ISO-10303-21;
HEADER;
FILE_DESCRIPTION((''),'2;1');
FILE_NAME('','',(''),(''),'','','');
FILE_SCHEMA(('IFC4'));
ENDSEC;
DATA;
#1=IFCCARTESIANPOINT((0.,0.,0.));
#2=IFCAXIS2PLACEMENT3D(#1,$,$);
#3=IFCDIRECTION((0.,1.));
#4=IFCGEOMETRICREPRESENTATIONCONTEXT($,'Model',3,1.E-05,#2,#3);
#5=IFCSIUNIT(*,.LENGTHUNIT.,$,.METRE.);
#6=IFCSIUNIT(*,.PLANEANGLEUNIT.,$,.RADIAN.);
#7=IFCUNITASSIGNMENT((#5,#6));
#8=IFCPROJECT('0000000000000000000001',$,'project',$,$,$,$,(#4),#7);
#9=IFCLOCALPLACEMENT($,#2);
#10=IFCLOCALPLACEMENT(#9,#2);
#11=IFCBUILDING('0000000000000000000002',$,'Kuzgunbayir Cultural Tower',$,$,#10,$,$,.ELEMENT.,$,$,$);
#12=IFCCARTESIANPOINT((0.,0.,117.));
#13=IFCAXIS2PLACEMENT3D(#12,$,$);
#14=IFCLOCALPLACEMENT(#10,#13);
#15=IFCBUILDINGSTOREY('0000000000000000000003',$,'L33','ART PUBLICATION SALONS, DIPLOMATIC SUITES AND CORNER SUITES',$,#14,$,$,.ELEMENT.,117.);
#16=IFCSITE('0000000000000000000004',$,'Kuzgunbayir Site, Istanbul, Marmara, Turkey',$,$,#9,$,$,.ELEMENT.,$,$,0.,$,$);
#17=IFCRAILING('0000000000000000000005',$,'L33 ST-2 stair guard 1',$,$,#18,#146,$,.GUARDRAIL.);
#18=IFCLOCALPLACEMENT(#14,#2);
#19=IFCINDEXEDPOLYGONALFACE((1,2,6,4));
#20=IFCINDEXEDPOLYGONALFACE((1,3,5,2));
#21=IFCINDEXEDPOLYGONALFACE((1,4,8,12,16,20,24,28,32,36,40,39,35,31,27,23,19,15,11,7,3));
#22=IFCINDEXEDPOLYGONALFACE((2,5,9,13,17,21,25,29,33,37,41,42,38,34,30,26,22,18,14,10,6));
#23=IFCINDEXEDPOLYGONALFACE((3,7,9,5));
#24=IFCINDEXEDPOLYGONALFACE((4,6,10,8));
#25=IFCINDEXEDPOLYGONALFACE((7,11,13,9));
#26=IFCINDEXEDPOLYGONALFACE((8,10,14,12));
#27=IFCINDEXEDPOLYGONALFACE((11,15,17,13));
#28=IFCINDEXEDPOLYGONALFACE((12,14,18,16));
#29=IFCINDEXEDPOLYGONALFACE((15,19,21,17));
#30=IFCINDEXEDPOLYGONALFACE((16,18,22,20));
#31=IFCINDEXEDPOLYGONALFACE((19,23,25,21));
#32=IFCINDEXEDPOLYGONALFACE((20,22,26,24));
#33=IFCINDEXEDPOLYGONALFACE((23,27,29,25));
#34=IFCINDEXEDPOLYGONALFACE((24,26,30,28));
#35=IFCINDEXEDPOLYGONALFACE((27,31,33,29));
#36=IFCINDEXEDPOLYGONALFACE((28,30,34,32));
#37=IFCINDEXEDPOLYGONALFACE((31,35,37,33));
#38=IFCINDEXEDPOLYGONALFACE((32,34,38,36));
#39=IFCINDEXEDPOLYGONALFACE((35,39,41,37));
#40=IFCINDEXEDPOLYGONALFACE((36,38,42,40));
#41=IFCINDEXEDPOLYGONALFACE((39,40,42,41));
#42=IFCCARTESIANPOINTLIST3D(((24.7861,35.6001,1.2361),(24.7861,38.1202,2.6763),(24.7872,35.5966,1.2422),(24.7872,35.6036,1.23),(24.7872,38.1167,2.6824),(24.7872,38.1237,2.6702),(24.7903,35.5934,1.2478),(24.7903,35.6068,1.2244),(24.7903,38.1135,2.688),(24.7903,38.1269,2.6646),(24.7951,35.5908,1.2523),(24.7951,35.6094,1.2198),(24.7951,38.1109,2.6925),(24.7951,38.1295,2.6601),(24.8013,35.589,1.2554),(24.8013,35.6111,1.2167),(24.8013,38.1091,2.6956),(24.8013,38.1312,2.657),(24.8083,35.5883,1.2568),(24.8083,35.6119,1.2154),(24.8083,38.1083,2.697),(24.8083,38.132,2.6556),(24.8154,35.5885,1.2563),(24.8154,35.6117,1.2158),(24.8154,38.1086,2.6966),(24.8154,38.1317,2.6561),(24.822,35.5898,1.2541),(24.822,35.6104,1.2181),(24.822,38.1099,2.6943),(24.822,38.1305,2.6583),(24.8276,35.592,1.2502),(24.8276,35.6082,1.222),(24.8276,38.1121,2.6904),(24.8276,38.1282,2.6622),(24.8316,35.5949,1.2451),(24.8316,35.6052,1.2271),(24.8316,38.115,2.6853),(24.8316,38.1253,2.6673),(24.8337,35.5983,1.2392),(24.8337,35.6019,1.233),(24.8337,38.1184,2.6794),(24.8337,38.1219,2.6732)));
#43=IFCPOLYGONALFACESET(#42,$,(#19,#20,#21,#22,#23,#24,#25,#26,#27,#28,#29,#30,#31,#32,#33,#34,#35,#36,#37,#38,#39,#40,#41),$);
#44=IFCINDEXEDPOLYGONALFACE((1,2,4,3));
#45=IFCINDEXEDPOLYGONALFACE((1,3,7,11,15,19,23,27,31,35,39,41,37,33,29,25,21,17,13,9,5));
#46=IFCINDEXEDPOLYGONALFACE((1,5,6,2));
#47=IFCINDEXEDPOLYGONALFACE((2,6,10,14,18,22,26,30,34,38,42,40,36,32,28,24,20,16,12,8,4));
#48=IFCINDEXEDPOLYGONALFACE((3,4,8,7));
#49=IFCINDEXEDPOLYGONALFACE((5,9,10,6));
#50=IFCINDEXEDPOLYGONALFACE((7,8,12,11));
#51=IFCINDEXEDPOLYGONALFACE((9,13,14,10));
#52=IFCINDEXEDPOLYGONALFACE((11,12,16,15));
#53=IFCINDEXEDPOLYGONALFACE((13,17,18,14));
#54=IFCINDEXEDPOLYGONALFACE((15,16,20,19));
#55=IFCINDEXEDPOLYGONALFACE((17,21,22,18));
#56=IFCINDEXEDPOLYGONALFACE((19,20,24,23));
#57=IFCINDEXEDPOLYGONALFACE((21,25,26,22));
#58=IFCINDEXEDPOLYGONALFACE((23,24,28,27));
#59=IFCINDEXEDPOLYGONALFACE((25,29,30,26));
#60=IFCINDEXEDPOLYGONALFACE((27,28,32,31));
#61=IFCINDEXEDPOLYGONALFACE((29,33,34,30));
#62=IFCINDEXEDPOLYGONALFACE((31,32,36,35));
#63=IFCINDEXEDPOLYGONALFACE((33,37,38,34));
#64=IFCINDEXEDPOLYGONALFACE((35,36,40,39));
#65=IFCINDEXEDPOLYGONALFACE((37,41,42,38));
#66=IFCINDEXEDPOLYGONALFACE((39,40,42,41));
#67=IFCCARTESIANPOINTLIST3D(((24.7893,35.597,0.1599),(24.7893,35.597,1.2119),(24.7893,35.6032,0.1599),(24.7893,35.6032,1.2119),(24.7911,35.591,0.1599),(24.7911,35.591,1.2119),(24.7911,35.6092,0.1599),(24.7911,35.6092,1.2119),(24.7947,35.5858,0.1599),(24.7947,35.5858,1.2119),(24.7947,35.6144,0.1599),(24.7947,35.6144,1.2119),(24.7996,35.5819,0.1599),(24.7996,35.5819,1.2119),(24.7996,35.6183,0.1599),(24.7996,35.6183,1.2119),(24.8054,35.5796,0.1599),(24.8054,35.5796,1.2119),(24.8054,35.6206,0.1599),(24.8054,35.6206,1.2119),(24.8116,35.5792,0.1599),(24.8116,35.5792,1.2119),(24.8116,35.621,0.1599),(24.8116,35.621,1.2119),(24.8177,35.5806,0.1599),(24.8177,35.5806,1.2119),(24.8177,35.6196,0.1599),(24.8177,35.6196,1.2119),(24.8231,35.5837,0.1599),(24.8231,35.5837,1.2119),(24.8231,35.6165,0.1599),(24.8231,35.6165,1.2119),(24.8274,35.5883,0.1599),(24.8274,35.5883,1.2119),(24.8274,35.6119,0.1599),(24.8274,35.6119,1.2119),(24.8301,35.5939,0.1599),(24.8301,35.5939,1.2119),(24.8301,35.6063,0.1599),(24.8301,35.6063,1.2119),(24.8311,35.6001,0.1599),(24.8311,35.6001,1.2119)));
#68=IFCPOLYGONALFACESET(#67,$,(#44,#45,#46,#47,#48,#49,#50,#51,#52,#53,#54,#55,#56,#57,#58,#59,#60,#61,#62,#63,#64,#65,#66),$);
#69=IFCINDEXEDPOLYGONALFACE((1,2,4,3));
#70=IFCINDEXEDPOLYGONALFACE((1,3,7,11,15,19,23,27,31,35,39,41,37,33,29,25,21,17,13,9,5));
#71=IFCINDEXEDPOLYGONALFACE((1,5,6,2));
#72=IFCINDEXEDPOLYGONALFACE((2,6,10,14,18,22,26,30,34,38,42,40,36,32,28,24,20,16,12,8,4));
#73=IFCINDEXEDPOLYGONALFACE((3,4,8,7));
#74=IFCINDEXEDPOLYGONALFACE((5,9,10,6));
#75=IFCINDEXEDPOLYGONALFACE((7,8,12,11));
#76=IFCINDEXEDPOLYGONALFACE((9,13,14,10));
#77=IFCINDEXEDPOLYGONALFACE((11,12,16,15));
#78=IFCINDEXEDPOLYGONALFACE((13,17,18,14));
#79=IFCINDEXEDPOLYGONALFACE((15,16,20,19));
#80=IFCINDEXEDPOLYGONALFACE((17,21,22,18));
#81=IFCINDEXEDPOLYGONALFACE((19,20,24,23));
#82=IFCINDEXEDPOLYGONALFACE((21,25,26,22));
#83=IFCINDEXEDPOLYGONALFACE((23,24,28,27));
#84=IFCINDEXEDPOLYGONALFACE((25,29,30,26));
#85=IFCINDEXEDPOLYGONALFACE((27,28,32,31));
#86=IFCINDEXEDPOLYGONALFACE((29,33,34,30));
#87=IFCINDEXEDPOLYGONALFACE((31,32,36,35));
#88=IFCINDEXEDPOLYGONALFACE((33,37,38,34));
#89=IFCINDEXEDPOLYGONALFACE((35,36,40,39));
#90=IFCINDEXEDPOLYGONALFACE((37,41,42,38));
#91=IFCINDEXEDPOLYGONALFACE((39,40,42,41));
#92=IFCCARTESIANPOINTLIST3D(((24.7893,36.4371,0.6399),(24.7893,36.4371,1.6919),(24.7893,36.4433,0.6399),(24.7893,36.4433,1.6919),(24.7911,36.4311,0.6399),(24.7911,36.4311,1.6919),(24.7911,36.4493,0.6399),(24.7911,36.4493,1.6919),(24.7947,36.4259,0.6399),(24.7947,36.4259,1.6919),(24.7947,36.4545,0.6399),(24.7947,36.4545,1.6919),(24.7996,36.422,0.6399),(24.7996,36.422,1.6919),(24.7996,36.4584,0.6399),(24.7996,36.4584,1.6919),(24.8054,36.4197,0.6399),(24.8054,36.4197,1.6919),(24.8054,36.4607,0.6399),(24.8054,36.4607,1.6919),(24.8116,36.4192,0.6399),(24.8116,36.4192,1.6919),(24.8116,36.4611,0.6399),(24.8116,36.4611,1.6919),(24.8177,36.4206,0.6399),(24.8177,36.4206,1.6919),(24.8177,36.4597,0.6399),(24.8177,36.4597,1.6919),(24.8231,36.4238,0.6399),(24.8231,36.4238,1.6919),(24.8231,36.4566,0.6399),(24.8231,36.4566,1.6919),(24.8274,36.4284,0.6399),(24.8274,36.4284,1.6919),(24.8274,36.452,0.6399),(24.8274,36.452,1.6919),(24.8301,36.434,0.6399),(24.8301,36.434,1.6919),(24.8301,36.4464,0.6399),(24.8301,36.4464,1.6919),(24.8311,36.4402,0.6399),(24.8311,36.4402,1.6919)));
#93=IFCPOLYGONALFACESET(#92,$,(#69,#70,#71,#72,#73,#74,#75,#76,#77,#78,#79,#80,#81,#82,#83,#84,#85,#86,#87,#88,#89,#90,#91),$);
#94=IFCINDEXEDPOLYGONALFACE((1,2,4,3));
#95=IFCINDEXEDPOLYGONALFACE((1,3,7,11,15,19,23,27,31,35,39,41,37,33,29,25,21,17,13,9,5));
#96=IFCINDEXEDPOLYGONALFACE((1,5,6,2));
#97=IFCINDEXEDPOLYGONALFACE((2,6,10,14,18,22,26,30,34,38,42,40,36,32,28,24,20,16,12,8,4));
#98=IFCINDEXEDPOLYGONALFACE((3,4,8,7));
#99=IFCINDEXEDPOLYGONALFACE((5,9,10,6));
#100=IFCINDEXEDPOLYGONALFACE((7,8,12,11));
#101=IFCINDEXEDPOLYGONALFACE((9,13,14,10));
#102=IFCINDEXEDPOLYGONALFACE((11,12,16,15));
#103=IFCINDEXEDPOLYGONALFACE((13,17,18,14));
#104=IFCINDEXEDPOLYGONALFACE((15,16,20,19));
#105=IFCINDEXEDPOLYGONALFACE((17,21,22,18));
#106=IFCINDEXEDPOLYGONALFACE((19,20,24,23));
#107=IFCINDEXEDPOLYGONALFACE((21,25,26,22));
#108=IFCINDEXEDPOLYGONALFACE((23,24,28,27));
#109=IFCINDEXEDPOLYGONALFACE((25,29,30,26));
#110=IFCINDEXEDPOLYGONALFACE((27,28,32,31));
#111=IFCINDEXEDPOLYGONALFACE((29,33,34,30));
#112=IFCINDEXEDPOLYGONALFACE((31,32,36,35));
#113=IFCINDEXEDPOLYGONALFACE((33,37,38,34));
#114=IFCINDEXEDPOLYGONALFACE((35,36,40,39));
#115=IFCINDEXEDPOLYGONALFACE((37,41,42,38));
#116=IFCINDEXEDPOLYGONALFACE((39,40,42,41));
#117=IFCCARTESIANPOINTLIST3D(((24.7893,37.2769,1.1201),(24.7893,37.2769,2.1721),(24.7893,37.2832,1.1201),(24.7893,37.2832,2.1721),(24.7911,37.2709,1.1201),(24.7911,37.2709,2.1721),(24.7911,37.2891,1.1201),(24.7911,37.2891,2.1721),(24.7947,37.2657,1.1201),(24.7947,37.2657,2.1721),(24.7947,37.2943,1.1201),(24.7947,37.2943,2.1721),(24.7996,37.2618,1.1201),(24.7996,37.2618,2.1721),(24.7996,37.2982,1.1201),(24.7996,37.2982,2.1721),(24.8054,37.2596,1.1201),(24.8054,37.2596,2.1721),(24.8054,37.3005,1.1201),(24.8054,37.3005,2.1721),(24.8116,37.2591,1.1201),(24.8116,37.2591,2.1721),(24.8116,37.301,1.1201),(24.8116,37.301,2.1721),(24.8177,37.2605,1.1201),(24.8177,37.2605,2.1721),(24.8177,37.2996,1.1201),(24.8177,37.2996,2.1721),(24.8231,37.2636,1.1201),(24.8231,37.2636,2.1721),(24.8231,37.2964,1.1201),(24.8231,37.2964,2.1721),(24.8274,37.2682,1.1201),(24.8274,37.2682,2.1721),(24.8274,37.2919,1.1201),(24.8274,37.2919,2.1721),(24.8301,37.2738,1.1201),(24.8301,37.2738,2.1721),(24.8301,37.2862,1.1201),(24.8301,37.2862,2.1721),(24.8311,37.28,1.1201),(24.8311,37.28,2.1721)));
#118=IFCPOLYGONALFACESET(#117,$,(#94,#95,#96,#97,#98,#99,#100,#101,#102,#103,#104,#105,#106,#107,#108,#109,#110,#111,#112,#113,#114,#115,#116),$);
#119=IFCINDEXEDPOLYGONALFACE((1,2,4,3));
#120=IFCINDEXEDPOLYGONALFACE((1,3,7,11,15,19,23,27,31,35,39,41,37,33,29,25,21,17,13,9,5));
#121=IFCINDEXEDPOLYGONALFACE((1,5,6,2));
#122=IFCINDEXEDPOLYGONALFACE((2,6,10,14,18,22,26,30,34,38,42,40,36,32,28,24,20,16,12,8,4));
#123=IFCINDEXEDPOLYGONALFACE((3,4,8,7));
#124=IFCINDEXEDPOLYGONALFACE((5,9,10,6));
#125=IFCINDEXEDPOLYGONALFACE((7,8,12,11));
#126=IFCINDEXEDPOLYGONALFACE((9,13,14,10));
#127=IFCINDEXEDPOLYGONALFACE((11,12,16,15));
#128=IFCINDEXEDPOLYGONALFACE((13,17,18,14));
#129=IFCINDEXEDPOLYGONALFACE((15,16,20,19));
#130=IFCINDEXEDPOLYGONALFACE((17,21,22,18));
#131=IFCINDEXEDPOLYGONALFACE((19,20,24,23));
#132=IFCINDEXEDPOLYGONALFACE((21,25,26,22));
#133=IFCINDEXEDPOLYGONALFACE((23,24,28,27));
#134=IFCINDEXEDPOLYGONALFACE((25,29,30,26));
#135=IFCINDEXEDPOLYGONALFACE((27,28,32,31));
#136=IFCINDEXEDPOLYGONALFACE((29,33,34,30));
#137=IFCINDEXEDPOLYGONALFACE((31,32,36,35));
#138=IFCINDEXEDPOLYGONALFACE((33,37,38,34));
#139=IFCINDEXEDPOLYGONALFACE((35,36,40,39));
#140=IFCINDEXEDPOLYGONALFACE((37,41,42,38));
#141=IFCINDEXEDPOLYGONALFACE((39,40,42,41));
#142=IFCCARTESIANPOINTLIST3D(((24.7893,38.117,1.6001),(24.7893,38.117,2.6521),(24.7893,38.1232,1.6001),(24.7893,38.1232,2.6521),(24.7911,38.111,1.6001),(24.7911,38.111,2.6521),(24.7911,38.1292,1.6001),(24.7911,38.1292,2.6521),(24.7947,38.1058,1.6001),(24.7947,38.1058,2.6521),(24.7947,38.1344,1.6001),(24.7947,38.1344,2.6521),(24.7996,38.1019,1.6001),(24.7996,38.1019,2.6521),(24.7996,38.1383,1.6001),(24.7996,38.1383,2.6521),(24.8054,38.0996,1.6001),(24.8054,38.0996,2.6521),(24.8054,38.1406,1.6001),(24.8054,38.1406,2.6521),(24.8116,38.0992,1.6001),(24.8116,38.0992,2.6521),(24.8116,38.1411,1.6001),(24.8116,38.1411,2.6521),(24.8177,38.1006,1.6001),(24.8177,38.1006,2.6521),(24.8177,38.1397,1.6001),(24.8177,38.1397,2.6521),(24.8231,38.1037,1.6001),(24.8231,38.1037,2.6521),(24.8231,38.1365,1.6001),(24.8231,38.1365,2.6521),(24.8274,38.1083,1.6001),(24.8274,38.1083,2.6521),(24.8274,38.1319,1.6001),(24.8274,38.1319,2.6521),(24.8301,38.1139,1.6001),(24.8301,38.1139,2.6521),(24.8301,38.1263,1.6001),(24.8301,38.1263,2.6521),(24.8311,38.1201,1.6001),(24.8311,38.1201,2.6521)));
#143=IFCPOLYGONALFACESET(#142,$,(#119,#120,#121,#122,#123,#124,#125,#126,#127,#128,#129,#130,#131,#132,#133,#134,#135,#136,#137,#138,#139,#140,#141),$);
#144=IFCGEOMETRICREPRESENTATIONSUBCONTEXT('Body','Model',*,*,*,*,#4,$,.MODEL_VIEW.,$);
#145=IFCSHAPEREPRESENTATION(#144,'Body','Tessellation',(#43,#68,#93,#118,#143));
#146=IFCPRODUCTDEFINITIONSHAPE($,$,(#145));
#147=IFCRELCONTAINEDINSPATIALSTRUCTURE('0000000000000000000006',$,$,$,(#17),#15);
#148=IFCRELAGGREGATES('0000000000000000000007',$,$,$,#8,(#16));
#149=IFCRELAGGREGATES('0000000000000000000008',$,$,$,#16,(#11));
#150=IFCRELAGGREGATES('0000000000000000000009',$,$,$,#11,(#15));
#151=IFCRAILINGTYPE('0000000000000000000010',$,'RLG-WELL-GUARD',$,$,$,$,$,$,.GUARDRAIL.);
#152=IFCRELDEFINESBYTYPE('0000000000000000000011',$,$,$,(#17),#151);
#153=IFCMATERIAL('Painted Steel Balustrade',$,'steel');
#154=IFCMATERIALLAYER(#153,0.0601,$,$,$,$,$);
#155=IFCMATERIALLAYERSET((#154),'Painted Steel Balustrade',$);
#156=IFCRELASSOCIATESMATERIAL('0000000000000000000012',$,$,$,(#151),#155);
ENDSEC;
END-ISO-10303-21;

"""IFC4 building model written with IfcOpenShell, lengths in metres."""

from ifc_helpers import new_model, si_unit, direction, frame, origin, origin_2d, place, context, subcontext, project, spatial, circle, extrude, material, layer, layer_set, type_object, element, save


model = new_model("IFC4")

# Units and contexts
model_context = context("Model", 3, precision=1e-05, world=origin(), true_north=direction((0.0, 1.0)))
body_context = subcontext(model_context, "Body", "Model", "MODEL_VIEW")
ifc_project = project(units=[si_unit("LENGTHUNIT", "METRE"), si_unit("PLANEANGLEUNIT", "RADIAN")], contexts=[model_context])

# Site, building, storey
site_placement = place(None, origin())
site = spatial("IfcSite", under=ifc_project, at=site_placement, Name="Kuzgunbayir Site, Istanbul, Marmara, Turkey", CompositionType="ELEMENT", RefElevation=0.0)
building_placement = place(site_placement, origin())
building = spatial("IfcBuilding", under=site, at=building_placement, Name="Kuzgunbayir Cultural Tower", CompositionType="ELEMENT")
storey_placement = place(building_placement, frame((0.0, 0.0, 117.0)))
storey = spatial("IfcBuildingStorey", under=building, at=storey_placement, Name="L33", Description="ART PUBLICATION SALONS, DIPLOMATIC SUITES AND CORNER SUITES", CompositionType="ELEMENT", Elevation=117.0)

# Railing
ifc_material_1 = material(Name="Painted Steel Balustrade", Category="steel")
ifc_layer_1 = layer(ifc_material_1, 0.0601)
ifc_layer_set_1 = layer_set([ifc_layer_1], Name="Painted Steel Balustrade")
railing_type_1 = type_object("IfcRailingType", Name="RLG-WELL-GUARD", PredefinedType="GUARDRAIL", material=ifc_layer_set_1)
railing_1_placement = place(storey_placement, frame((24.8101, 35.6001, 0.1599)))
element("IfcRailing", 1, at=railing_1_placement, inside=storey, type_object=railing_type_1, Name="L33 ST-2 stair guard 1", PredefinedType="GUARDRAIL", context=body_context, shape_type="SweptSolid", body=[
    extrude(circle(Radius=0.0239, at=origin_2d()), frame((0.0, 0.0, 1.0762), z_axis=(0.0, 0.868217, 0.496184), x_axis=(-1.0, 0.0, 0.0)), (0.0, 0.0, 1.0), 2.9026),
    extrude(circle(Radius=0.021, at=origin_2d()), origin(), (0.0, 0.0, 1.0), 1.052),
    extrude(circle(Radius=0.021, at=origin_2d()), frame((0.0, 0.8401, 0.48)), (0.0, 0.0, 1.0), 1.052),
    extrude(circle(Radius=0.021, at=origin_2d()), frame((0.0, 1.6799, 0.9602)), (0.0, 0.0, 1.0), 1.052),
    extrude(circle(Radius=0.021, at=origin_2d()), frame((0.0, 2.52, 1.4402)), (0.0, 0.0, 1.0), 1.052),
])

save(model, "model.ifc")
